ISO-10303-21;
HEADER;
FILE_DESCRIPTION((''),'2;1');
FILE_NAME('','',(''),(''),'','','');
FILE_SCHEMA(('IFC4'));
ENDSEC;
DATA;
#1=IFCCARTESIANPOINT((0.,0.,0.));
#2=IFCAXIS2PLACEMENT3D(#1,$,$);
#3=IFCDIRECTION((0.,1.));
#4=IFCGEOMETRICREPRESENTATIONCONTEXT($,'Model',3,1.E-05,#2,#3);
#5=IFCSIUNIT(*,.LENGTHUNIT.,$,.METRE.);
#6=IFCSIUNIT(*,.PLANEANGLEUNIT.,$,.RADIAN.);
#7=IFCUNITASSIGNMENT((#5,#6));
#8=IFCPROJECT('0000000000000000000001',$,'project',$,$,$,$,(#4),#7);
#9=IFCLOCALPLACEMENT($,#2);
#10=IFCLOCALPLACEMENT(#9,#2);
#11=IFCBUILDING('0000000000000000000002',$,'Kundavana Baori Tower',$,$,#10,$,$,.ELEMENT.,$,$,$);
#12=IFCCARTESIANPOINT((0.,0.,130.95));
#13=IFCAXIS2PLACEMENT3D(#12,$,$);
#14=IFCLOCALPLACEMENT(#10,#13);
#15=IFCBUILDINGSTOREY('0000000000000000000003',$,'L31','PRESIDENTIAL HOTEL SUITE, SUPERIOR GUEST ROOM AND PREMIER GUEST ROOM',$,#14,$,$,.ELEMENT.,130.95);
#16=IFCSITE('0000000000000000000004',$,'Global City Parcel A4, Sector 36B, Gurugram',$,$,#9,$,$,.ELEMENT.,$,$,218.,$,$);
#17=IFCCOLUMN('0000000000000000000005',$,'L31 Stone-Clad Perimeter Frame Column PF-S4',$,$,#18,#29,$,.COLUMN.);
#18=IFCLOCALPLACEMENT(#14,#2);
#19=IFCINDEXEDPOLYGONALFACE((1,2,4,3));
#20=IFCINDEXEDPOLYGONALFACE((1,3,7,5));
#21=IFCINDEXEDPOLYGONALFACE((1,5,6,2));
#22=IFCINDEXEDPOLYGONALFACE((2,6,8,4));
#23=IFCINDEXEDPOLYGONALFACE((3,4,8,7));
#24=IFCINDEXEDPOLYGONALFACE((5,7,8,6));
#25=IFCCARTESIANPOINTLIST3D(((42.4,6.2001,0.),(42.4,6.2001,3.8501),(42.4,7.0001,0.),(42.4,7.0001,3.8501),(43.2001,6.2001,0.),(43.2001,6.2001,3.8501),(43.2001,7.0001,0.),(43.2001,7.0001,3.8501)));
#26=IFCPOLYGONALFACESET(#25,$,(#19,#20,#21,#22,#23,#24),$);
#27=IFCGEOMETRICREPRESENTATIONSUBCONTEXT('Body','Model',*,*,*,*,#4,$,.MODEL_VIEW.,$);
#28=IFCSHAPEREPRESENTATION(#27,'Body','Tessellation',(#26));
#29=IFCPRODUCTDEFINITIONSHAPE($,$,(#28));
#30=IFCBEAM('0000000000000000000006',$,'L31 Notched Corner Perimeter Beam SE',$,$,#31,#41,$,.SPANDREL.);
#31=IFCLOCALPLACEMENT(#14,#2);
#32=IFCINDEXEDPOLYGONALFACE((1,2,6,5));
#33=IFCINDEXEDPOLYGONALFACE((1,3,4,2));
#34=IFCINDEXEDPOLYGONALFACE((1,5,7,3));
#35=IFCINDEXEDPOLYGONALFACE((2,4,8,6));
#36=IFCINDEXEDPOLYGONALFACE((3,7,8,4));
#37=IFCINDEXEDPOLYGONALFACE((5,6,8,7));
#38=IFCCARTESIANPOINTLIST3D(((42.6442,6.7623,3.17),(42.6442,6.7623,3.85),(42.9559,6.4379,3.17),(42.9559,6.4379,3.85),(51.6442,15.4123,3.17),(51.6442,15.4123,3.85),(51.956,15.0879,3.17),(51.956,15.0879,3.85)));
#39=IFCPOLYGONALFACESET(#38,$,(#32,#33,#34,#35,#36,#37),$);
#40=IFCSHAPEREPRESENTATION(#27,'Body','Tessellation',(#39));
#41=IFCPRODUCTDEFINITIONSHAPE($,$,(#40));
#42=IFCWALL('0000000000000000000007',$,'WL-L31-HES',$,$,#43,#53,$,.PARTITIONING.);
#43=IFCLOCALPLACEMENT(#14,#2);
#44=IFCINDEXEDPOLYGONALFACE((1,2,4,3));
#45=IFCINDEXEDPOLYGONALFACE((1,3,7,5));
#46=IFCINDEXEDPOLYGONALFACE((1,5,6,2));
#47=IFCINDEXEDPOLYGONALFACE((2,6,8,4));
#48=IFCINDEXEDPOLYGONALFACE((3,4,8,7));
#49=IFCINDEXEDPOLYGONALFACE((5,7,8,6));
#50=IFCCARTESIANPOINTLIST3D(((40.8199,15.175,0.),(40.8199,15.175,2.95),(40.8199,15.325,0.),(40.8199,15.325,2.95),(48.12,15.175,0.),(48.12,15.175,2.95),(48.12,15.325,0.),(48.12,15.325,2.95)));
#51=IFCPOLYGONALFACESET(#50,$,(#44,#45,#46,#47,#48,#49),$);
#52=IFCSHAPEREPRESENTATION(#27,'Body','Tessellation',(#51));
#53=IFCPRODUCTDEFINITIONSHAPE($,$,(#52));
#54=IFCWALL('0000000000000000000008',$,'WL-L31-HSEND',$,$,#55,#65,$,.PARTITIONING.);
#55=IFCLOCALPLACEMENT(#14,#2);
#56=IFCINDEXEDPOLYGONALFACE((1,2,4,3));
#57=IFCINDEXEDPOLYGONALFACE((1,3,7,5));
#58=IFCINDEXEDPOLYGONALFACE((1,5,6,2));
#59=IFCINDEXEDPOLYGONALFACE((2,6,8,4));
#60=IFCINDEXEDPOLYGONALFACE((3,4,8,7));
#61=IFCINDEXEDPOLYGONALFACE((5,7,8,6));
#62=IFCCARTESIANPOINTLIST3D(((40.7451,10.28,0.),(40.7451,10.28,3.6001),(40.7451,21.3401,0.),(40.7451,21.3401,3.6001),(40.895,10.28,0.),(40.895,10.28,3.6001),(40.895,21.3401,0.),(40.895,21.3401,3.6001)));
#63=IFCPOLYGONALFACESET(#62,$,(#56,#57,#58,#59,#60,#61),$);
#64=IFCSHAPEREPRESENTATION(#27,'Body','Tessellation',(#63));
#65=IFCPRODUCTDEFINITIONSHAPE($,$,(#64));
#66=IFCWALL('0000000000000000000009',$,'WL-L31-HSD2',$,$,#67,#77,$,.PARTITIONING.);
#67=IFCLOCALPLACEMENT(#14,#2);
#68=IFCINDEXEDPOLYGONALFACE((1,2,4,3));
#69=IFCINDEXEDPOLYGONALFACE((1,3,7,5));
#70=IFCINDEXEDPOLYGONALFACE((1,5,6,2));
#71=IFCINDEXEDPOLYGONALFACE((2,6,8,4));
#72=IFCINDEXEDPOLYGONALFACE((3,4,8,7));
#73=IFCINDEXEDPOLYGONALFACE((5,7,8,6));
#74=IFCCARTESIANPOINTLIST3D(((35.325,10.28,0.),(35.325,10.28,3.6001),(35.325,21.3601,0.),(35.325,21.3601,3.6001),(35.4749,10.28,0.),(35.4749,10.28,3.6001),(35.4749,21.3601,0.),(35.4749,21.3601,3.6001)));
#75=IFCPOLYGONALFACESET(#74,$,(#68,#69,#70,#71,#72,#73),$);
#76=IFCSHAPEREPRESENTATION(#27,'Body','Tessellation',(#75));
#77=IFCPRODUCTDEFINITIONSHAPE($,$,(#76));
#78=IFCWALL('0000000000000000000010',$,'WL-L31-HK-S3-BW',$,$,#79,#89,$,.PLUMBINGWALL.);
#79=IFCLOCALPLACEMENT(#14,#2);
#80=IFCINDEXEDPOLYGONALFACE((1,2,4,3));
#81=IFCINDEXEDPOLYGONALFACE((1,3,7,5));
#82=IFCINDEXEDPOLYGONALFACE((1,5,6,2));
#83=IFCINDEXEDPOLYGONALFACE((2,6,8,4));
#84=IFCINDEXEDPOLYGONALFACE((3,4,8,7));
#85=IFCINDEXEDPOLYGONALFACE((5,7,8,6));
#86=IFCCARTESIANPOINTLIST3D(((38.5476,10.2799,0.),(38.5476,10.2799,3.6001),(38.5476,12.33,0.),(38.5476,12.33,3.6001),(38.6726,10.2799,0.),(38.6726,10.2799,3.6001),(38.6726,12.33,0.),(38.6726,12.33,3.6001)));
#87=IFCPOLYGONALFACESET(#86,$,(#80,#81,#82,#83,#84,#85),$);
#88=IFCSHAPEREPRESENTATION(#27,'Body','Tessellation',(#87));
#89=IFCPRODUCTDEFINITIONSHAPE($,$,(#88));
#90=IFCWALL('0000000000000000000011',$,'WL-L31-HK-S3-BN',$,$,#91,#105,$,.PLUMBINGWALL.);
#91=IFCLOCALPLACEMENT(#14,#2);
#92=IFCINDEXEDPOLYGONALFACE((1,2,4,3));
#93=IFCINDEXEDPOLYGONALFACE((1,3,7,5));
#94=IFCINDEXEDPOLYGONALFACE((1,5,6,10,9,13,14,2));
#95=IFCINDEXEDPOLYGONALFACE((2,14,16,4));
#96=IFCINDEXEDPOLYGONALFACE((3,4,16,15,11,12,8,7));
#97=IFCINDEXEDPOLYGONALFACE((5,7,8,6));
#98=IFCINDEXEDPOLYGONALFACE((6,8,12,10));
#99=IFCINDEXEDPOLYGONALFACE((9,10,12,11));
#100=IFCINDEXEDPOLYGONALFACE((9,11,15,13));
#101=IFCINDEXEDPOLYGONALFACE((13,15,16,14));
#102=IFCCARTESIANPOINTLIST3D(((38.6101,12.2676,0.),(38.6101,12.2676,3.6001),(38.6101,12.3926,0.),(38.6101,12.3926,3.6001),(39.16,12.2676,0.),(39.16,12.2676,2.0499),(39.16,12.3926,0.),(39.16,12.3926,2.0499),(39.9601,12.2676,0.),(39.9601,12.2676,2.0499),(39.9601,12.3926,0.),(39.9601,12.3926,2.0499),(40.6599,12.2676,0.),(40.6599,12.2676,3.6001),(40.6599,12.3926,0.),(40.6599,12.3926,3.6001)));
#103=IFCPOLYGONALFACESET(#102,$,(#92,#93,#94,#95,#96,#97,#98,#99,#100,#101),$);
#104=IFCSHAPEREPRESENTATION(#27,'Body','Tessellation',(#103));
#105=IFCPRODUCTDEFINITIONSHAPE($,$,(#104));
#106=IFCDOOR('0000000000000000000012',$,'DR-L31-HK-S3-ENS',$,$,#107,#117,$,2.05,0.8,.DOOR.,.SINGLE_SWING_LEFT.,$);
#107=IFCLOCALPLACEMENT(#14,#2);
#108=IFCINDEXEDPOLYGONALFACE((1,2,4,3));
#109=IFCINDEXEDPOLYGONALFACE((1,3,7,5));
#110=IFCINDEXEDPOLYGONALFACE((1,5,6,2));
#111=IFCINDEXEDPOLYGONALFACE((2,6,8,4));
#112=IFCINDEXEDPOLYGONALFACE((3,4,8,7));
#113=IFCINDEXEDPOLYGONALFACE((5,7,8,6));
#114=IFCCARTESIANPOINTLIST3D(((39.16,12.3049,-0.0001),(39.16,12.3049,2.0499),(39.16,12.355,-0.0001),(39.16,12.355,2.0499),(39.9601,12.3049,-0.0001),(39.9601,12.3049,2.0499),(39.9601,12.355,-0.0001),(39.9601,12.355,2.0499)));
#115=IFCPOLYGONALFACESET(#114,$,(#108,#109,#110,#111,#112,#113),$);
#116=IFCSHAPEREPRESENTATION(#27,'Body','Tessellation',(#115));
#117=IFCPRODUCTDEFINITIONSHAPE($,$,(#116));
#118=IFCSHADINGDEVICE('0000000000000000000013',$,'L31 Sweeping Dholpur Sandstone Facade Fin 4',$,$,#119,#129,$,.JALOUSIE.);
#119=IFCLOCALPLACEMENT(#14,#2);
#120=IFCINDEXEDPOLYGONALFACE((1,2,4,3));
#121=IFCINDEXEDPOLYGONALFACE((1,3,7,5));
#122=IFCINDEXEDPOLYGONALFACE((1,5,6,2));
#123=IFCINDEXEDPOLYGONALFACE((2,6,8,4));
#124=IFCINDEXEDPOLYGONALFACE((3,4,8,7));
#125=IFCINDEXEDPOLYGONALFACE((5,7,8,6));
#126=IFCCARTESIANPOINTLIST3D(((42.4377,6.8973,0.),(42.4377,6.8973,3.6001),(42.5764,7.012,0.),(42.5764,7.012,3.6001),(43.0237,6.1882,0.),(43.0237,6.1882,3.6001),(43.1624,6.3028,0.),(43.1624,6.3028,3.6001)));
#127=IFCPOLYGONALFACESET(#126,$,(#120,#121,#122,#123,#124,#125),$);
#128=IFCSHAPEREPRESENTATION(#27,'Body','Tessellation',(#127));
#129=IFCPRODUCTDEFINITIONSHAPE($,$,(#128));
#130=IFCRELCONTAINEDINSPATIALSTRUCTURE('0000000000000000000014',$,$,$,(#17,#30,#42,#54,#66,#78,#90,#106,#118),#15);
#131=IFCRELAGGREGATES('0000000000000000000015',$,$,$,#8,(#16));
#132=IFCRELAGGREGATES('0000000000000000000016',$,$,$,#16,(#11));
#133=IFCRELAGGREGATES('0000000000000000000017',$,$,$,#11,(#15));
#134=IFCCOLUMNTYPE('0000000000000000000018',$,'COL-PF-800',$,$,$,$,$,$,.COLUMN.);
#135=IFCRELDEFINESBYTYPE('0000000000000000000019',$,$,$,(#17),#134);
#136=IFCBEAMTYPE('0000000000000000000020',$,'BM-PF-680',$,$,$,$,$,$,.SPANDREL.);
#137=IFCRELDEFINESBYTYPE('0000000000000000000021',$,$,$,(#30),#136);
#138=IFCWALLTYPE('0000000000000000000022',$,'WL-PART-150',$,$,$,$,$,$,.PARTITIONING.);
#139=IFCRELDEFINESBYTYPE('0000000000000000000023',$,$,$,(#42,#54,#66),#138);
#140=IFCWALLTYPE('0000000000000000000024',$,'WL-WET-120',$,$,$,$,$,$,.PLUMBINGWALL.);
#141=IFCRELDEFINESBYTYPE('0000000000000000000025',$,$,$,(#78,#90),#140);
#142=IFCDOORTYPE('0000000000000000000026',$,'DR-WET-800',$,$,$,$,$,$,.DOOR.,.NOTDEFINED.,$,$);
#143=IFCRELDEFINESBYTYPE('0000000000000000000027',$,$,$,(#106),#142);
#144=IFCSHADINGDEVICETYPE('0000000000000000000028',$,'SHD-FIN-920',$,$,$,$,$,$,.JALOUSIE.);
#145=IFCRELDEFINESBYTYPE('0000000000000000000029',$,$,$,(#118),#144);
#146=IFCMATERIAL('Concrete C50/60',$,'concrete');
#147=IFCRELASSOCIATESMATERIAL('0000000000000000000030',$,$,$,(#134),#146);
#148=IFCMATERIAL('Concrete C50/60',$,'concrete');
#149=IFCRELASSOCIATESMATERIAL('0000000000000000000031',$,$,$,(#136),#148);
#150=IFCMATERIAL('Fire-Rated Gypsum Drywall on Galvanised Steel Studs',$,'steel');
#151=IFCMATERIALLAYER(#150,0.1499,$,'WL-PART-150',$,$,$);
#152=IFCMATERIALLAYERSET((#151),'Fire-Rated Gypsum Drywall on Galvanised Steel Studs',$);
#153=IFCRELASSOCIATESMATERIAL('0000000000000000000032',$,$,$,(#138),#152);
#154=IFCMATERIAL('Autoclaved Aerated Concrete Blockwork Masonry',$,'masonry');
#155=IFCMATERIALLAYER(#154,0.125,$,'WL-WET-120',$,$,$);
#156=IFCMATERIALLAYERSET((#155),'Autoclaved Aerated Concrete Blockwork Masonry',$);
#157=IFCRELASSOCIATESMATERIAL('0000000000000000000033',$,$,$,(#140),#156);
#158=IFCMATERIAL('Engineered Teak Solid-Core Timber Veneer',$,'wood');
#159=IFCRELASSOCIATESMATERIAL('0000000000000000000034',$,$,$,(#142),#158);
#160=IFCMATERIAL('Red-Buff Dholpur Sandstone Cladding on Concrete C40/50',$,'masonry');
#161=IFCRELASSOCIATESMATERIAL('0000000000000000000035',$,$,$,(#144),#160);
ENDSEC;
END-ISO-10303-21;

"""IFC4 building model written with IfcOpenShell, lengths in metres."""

from ifc_helpers import new_model, si_unit, direction, frame, frame_2d, origin, origin_2d, place, context, subcontext, project, spatial, rectangle, extrude, material, layer, layer_set, material_profile, profile_set, type_object, element, fill, save


model = new_model("IFC4")

# Units and contexts
model_context = context("Model", 3, precision=1e-05, world=origin(), true_north=direction((0.0, 1.0)))
body_context = subcontext(model_context, "Body", "Model", "MODEL_VIEW")
ifc_project = project(units=[si_unit("LENGTHUNIT", "METRE"), si_unit("PLANEANGLEUNIT", "RADIAN")], contexts=[model_context])

# Site, building, storey
site_placement = place(None, origin())
site = spatial("IfcSite", under=ifc_project, at=site_placement, Name="Global City Parcel A4, Sector 36B, Gurugram", CompositionType="ELEMENT", RefElevation=218.0)
building_placement = place(site_placement, origin())
building = spatial("IfcBuilding", under=site, at=building_placement, Name="Kundavana Baori Tower", CompositionType="ELEMENT")
storey_placement = place(building_placement, frame((0.0, 0.0, 130.95)))
storey = spatial("IfcBuildingStorey", under=building, at=storey_placement, Name="L31", Description="PRESIDENTIAL HOTEL SUITE, SUPERIOR GUEST ROOM AND PREMIER GUEST ROOM", CompositionType="ELEMENT", Elevation=130.95)

# Column
ifc_material_1 = material(Name="Concrete C50/60", Category="concrete")
ifc_material_profile_1 = material_profile(ifc_material_1, rectangle(XDim=0.8, YDim=0.8, at=origin_2d()), Name="RC PF 800x800")
ifc_profile_set_1 = profile_set([ifc_material_profile_1], Name="Concrete C50/60")
column_type = type_object("IfcColumnType", Name="COL-PF-800", PredefinedType="COLUMN", material=ifc_profile_set_1)
column_placement = place(storey_placement, frame((42.8, 6.6001, 0.0), z_axis=(0.0, 0.0, 1.0), x_axis=(1.0, 0.0, 0.0)))
element("IfcColumn", 1, at=column_placement, inside=storey, type_object=column_type, Name="L31 Stone-Clad Perimeter Frame Column PF-S4", PredefinedType="COLUMN", context=body_context, shape_type="SweptSolid", body=[
    extrude(rectangle(XDim=0.8, YDim=0.8, at=origin_2d()), origin(), (0.0, 0.0, 1.0), 3.8501),
])

# Beam
ifc_material_2 = material(Name="Concrete C50/60", Category="concrete")
ifc_material_profile_2 = material_profile(ifc_material_2, rectangle(XDim=0.45, YDim=0.6799, at=origin_2d()), Name="RC BM 450x680")
ifc_profile_set_2 = profile_set([ifc_material_profile_2], Name="Concrete C50/60")
beam_type = type_object("IfcBeamType", Name="BM-PF-680", PredefinedType="SPANDREL", material=ifc_profile_set_2)
beam_placement = place(storey_placement, frame((42.8, 6.6001, 3.51), z_axis=(0.720991, 0.692945, 0.0), x_axis=(-0.692945, 0.720991, 0.0)))
element("IfcBeam", 2, at=beam_placement, inside=storey, type_object=beam_type, Name="L31 Notched Corner Perimeter Beam SE", PredefinedType="SPANDREL", context=body_context, shape_type="SweptSolid", body=[
    extrude(rectangle(XDim=0.45, YDim=0.6799, at=origin_2d()), origin(), (0.0, 0.0, 1.0), 12.4829),
])

# Walls
ifc_material_3 = material(Name="Fire-Rated Gypsum Drywall on Galvanised Steel Studs", Category="steel")
ifc_layer_1 = layer(ifc_material_3, 0.1499, Name="WL-PART-150")
ifc_layer_set_1 = layer_set([ifc_layer_1], Name="Fire-Rated Gypsum Drywall on Galvanised Steel Studs")
wall_type_1 = type_object("IfcWallType", Name="WL-PART-150", PredefinedType="PARTITIONING", material=ifc_layer_set_1)
wall_1_placement = place(storey_placement, frame((40.8201, 15.25, 0.0), z_axis=(0.0, 0.0, 1.0), x_axis=(1.0, 0.0, 0.0)))
element("IfcWall", 3, at=wall_1_placement, inside=storey, type_object=wall_type_1, Name="WL-L31-HES", PredefinedType="PARTITIONING", context=body_context, shape_type="SweptSolid", body=[
    extrude(rectangle(XDim=7.3, YDim=0.1499, at=frame_2d((3.6499, 0.0))), origin(), (0.0, 0.0, 1.0), 2.95),
])
wall_2_placement = place(storey_placement, frame((40.8201, 10.28, 0.0), z_axis=(0.0, 0.0, 1.0), x_axis=(0.0, 1.0, 0.0)))
element("IfcWall", 4, at=wall_2_placement, inside=storey, type_object=wall_type_1, Name="WL-L31-HSEND", PredefinedType="PARTITIONING", context=body_context, shape_type="SweptSolid", body=[
    extrude(rectangle(XDim=11.0601, YDim=0.1499, at=frame_2d((5.53, 0.0))), origin(), (0.0, 0.0, 1.0), 3.6001),
])
wall_3_placement = place(storey_placement, frame((35.3999, 10.28, 0.0), z_axis=(0.0, 0.0, 1.0), x_axis=(0.0, 1.0, 0.0)))
element("IfcWall", 5, at=wall_3_placement, inside=storey, type_object=wall_type_1, Name="WL-L31-HSD2", PredefinedType="PARTITIONING", context=body_context, shape_type="SweptSolid", body=[
    extrude(rectangle(XDim=11.0801, YDim=0.1499, at=frame_2d((5.54, 0.0))), origin(), (0.0, 0.0, 1.0), 3.6001),
])
ifc_material_4 = material(Name="Autoclaved Aerated Concrete Blockwork Masonry", Category="masonry")
ifc_layer_2 = layer(ifc_material_4, 0.125, Name="WL-WET-120")
ifc_layer_set_2 = layer_set([ifc_layer_2], Name="Autoclaved Aerated Concrete Blockwork Masonry")
wall_type_2 = type_object("IfcWallType", Name="WL-WET-120", PredefinedType="PLUMBINGWALL", material=ifc_layer_set_2)
wall_4_placement = place(storey_placement, frame((38.6101, 10.28, 0.0), z_axis=(0.0, 0.0, 1.0), x_axis=(0.0, 1.0, 0.0)))
element("IfcWall", 6, at=wall_4_placement, inside=storey, type_object=wall_type_2, Name="WL-L31-HK-S3-BW", PredefinedType="PLUMBINGWALL", context=body_context, shape_type="SweptSolid", body=[
    extrude(rectangle(XDim=2.05, YDim=0.125, at=frame_2d((1.0249, 0.0))), origin(), (0.0, 0.0, 1.0), 3.6001),
])

# Wall, opening, door
wall_5_placement = place(storey_placement, frame((38.6101, 12.3301, 0.0), z_axis=(0.0, 0.0, 1.0), x_axis=(1.0, 0.0, 0.0)))
wall_5 = element("IfcWall", 7, at=wall_5_placement, inside=storey, type_object=wall_type_2, Name="WL-L31-HK-S3-BN", PredefinedType="PLUMBINGWALL", context=body_context, shape_type="SweptSolid", body=[
    extrude(rectangle(XDim=2.0498, YDim=0.125, at=frame_2d((1.0249, 0.0))), origin(), (0.0, 0.0, 1.0), 3.6001),
])
opening_placement = place(wall_5_placement, frame((0.55, 0.0, 0.0)))
opening = element("IfcOpeningElement", 8, at=opening_placement, cuts=wall_5, PredefinedType="OPENING", context=body_context, shape_type="SweptSolid", body=[
    extrude(rectangle(XDim=0.8, YDim=2.05, at=frame_2d((0.3999, 1.0249))), frame((0.0, 0.0725, 0.0), z_axis=(0.0, -1.0, 0.0), x_axis=(1.0, 0.0, 0.0)), (0.0, 0.0, 1.0), 0.145),
])
ifc_material_5 = material(Name="Engineered Teak Solid-Core Timber Veneer", Category="wood")
door_type = type_object("IfcDoorType", Name="DR-WET-800", OperationType="NOTDEFINED", PredefinedType="DOOR", material=ifc_material_5)
door_placement = place(opening_placement, origin())
door = element("IfcDoor", 9, at=door_placement, inside=storey, type_object=door_type, Name="DR-L31-HK-S3-ENS", OperationType="SINGLE_SWING_LEFT", OverallHeight=2.05, OverallWidth=0.8, PredefinedType="DOOR", context=body_context, shape_type="SweptSolid", body=[
    extrude(rectangle(XDim=0.8, YDim=2.05, at=frame_2d((0.3999, 1.0249))), frame((0.0, 0.0249, 0.0), z_axis=(0.0, -1.0, 0.0), x_axis=(1.0, 0.0, 0.0)), (0.0, 0.0, 1.0), 0.05),
])
fill(opening, door)

# Shading device
ifc_material_6 = material(Name="Red-Buff Dholpur Sandstone Cladding on Concrete C40/50", Category="masonry")
shading_device_type = type_object("IfcShadingDeviceType", Name="SHD-FIN-920", PredefinedType="JALOUSIE", material=ifc_material_6)
shading_device_placement = place(storey_placement, frame((42.8, 6.6001, 0.0), z_axis=(0.0, 0.0, 1.0), x_axis=(0.770847, 0.63702, 0.0)))
element("IfcShadingDevice", 10, at=shading_device_placement, inside=storey, type_object=shading_device_type, Name="L31 Sweeping Dholpur Sandstone Facade Fin 4", PredefinedType="JALOUSIE", context=body_context, shape_type="SweptSolid", body=[
    extrude(rectangle(XDim=0.1799, YDim=0.9199, at=origin_2d()), origin(), (0.0, 0.0, 1.0), 3.6001),
])

save(model, "model.ifc")
